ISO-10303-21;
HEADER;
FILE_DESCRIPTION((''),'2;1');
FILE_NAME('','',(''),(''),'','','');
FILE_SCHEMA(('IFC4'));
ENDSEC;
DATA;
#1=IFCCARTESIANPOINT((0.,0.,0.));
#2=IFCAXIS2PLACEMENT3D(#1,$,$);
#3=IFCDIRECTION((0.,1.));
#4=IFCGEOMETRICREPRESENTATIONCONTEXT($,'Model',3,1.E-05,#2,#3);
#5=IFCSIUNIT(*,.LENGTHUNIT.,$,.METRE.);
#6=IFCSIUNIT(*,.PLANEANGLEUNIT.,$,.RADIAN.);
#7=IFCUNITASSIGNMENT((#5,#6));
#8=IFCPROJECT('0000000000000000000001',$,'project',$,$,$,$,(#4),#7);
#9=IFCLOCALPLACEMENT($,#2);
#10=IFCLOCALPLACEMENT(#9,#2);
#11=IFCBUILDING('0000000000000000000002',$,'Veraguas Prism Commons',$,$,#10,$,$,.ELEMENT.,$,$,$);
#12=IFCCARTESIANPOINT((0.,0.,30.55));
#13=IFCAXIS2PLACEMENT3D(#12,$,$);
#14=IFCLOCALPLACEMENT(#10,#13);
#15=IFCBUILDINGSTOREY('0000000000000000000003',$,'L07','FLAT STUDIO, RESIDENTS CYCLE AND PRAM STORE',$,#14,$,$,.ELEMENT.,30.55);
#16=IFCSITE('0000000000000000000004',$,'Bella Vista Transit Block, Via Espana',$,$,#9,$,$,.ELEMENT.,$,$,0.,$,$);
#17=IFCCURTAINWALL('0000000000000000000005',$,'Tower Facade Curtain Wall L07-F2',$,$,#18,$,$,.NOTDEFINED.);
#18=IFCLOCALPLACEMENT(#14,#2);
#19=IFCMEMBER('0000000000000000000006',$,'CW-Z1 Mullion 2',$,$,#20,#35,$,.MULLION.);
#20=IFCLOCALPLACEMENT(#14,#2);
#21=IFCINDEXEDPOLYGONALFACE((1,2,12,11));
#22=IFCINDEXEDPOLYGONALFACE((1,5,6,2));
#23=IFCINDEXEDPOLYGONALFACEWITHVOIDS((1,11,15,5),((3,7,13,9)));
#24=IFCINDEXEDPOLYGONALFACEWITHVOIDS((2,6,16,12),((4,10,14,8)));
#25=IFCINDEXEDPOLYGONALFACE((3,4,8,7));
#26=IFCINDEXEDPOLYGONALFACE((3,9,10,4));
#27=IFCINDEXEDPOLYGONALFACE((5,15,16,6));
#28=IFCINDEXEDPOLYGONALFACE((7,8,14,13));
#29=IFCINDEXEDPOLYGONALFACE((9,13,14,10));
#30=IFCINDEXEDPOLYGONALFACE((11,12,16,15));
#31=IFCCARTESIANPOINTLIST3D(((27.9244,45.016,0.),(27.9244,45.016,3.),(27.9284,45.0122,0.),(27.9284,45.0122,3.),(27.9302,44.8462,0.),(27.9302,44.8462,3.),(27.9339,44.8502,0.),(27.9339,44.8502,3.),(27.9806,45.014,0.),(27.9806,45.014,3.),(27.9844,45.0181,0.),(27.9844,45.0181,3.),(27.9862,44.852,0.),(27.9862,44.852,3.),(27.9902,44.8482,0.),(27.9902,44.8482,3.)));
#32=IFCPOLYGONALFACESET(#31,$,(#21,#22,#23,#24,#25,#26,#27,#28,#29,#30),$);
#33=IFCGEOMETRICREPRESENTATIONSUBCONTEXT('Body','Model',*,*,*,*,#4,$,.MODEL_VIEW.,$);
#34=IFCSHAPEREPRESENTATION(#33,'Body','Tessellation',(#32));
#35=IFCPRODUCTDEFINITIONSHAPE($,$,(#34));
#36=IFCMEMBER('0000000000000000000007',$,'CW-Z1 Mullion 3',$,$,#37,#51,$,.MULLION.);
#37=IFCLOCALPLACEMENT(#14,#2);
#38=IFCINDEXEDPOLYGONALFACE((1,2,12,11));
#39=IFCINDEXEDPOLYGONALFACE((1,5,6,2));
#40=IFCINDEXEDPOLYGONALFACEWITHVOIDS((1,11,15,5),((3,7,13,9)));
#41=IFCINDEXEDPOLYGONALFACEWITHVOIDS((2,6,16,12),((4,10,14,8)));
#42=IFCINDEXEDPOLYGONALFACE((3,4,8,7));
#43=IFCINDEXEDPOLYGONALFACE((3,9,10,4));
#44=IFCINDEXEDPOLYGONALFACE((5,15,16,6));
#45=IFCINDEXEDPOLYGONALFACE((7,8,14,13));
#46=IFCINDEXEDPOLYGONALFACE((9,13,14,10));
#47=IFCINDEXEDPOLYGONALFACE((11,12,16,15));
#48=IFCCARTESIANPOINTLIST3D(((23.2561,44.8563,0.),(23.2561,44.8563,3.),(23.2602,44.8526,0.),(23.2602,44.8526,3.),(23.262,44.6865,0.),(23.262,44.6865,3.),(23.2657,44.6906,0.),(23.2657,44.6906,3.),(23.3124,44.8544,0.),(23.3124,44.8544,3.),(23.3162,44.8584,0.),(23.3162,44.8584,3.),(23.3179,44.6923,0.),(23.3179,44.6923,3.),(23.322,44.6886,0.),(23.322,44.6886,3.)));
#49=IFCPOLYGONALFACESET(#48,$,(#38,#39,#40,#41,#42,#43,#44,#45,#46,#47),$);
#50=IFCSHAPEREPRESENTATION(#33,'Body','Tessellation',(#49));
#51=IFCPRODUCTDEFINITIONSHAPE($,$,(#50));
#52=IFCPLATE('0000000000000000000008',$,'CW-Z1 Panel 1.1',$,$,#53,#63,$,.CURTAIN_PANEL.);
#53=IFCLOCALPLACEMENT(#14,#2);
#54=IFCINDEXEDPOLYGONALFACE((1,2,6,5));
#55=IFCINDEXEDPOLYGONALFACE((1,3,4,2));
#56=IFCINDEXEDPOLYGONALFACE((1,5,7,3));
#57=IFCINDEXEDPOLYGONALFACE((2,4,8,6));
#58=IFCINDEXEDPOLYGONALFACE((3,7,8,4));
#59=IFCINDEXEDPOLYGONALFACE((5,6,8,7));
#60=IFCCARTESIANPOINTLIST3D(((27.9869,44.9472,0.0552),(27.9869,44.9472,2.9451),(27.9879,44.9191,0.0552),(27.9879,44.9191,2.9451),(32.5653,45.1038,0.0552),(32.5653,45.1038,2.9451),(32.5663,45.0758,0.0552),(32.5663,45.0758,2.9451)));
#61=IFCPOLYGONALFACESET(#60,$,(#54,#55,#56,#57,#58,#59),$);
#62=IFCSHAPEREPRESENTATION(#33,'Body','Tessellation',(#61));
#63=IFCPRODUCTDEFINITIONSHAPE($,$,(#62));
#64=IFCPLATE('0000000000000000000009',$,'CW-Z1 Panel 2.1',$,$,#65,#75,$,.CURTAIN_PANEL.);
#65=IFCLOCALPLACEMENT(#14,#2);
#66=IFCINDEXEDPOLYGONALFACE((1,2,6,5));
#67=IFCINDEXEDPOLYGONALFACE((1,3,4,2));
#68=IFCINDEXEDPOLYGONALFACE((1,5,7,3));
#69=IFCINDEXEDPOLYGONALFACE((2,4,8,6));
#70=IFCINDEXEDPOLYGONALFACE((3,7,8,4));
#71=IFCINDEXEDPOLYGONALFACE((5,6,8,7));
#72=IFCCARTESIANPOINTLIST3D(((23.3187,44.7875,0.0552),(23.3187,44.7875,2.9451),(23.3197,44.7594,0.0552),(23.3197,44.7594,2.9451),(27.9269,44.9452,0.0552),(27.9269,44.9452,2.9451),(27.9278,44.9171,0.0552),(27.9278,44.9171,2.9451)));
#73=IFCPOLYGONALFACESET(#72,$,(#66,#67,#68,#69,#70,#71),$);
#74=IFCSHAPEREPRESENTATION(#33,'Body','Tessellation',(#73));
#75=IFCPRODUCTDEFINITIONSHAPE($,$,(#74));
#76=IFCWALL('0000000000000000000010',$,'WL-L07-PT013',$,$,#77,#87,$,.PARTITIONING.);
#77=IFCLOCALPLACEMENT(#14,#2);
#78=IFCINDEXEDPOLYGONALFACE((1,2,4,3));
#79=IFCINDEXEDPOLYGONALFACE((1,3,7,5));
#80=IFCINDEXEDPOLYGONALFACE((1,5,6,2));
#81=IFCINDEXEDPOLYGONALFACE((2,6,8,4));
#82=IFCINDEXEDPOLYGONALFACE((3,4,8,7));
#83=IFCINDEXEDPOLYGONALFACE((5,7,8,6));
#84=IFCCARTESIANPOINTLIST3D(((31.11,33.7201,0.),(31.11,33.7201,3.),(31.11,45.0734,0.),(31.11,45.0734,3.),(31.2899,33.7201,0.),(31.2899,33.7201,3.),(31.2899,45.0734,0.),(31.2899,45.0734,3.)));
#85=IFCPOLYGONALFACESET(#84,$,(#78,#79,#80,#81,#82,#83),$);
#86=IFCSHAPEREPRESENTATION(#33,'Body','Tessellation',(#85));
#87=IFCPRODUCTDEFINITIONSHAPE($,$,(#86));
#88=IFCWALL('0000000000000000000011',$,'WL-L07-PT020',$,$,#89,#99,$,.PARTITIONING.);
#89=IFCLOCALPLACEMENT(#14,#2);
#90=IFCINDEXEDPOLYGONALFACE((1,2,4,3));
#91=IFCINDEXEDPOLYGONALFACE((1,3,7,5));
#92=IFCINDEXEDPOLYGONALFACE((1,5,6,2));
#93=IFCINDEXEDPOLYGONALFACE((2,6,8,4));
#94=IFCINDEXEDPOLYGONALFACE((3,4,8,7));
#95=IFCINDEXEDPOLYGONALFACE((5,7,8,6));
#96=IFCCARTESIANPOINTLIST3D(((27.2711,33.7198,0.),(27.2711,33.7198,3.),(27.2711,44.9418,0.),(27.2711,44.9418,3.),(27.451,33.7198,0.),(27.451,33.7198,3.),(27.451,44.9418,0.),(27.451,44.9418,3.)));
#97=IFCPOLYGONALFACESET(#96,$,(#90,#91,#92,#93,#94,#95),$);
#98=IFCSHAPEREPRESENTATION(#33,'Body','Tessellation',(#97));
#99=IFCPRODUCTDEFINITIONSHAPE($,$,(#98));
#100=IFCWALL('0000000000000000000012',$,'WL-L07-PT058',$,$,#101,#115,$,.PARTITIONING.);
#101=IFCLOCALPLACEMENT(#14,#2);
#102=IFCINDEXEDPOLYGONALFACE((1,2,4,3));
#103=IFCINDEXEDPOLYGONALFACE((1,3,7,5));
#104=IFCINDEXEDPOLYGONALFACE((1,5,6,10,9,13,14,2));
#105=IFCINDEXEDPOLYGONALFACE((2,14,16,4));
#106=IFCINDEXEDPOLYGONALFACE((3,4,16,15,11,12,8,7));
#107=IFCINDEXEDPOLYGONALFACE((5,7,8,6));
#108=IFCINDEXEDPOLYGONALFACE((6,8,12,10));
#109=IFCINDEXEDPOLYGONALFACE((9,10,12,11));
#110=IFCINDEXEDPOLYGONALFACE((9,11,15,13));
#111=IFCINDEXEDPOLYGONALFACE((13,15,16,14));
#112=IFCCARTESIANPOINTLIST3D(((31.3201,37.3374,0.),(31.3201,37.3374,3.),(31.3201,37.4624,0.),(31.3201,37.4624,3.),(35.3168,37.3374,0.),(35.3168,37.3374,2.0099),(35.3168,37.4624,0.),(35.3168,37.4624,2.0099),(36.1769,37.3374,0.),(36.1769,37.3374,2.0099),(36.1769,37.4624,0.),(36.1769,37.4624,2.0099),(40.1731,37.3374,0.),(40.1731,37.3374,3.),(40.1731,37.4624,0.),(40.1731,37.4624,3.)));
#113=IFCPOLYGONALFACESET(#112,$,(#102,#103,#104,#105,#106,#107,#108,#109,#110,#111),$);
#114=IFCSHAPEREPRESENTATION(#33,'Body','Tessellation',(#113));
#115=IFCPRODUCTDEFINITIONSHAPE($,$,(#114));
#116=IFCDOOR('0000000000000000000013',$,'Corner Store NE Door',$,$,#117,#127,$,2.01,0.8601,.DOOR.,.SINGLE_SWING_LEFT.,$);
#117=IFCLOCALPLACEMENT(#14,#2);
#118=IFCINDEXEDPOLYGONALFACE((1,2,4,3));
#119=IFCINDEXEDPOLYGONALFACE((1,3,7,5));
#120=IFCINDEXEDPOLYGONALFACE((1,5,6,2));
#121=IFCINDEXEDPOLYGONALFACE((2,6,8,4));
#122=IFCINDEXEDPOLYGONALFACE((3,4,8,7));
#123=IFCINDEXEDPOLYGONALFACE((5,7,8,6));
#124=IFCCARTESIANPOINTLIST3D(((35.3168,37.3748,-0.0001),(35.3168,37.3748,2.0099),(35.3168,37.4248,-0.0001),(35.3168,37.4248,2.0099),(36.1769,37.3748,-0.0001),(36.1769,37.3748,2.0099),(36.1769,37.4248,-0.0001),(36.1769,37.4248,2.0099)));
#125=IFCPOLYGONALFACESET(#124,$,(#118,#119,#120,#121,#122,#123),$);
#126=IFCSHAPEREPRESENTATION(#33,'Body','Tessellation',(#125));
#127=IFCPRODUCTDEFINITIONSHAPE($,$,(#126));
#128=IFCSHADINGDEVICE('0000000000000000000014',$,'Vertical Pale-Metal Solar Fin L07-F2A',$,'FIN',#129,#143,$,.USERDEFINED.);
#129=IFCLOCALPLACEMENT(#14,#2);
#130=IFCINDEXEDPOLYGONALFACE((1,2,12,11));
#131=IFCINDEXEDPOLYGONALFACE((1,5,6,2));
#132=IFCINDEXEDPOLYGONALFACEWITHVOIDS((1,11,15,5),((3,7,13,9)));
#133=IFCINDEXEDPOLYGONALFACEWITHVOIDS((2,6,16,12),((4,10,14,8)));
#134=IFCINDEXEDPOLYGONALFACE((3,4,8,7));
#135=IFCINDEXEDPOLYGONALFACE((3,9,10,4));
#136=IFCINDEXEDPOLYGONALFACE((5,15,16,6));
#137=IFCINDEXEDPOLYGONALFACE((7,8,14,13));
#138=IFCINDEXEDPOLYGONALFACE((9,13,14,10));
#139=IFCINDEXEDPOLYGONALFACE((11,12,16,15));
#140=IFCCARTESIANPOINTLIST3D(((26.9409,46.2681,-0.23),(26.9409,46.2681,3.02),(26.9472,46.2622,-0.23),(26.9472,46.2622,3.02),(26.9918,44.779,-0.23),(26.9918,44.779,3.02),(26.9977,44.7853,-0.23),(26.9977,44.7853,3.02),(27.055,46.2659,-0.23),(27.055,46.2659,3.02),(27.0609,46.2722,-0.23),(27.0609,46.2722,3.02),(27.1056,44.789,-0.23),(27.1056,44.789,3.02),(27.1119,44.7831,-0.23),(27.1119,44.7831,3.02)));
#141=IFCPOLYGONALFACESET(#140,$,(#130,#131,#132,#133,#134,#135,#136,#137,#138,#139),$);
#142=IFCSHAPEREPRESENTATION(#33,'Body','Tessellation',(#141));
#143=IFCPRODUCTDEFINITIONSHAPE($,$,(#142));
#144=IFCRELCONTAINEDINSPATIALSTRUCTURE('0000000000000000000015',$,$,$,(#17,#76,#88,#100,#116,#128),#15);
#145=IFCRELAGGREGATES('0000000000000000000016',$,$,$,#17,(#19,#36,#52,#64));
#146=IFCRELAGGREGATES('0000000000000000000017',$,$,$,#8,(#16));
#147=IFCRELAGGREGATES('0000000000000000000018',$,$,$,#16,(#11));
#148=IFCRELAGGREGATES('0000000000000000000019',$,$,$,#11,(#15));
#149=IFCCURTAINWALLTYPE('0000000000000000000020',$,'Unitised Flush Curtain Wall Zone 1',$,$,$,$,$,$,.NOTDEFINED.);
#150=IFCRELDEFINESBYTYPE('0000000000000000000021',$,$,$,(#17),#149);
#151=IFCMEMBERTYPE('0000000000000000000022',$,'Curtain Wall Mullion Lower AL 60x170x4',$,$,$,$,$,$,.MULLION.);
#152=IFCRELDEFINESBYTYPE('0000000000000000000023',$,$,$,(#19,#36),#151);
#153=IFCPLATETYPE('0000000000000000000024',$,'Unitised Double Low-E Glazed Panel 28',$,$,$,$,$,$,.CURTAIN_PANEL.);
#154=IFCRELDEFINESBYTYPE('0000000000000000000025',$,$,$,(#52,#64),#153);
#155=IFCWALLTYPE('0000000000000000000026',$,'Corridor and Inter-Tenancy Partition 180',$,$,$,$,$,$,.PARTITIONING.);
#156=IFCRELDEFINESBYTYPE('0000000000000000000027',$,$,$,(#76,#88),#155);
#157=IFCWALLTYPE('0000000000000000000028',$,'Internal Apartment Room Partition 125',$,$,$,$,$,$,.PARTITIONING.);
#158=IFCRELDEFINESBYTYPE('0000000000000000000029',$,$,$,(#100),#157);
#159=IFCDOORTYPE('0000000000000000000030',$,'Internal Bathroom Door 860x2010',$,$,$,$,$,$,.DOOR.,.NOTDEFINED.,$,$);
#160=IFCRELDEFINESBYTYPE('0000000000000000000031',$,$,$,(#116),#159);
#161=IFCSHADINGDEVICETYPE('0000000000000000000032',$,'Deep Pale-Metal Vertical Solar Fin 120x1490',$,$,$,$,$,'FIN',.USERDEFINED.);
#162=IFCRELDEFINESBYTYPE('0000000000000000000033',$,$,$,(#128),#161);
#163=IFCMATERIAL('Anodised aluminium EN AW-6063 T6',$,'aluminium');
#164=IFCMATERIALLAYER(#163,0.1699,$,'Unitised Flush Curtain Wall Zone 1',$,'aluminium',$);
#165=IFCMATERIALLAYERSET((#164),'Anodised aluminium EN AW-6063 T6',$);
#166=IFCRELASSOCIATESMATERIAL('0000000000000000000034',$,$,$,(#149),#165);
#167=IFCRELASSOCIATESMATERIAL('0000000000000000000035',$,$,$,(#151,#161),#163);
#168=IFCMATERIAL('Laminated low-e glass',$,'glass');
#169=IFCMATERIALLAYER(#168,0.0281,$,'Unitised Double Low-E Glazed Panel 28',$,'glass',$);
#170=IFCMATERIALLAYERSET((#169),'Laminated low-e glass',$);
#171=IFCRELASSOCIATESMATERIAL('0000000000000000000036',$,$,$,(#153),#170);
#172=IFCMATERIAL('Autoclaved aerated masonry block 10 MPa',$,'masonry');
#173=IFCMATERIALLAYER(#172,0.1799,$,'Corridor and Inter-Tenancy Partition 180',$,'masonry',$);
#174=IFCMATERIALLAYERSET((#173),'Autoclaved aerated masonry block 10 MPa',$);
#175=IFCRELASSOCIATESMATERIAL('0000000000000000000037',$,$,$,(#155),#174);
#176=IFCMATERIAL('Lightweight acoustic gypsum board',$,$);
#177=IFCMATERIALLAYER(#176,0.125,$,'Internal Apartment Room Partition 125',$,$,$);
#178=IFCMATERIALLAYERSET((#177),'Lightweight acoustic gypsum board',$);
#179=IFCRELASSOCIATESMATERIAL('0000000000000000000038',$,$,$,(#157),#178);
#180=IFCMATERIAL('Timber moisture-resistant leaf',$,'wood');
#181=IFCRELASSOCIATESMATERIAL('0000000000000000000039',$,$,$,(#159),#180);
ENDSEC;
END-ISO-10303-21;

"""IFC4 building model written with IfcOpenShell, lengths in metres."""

from ifc_helpers import new_model, si_unit, direction, frame, frame_2d, origin, origin_2d, place, context, subcontext, project, spatial, rectangle, hollow_rectangle, extrude, source, transform, mapped, material, layer, layer_set, material_profile, profile_set, type_object, element, fill, aggregate, save


model = new_model("IFC4")

# Units and contexts
model_context = context("Model", 3, precision=1e-05, world=origin(), true_north=direction((0.0, 1.0)))
body_context = subcontext(model_context, "Body", "Model", "MODEL_VIEW")
ifc_project = project(units=[si_unit("LENGTHUNIT", "METRE"), si_unit("PLANEANGLEUNIT", "RADIAN")], contexts=[model_context])

# Site, building, storey
site_placement = place(None, origin())
site = spatial("IfcSite", under=ifc_project, at=site_placement, Name="Bella Vista Transit Block, Via Espana", CompositionType="ELEMENT", RefElevation=0.0)
building_placement = place(site_placement, origin())
building = spatial("IfcBuilding", under=site, at=building_placement, Name="Veraguas Prism Commons", CompositionType="ELEMENT")
storey_placement = place(building_placement, frame((0.0, 0.0, 30.55)))
storey = spatial("IfcBuildingStorey", under=building, at=storey_placement, Name="L07", Description="FLAT STUDIO, RESIDENTS CYCLE AND PRAM STORE", CompositionType="ELEMENT", Elevation=30.55)

# Curtain wall, members, plates
ifc_material_1 = material(Name="Anodised aluminium EN AW-6063 T6", Category="aluminium")
ifc_layer_1 = layer(ifc_material_1, 0.1699, Name="Unitised Flush Curtain Wall Zone 1", Category="aluminium")
ifc_layer_set_1 = layer_set([ifc_layer_1], Name="Anodised aluminium EN AW-6063 T6")
curtain_wall_type = type_object("IfcCurtainWallType", Name="Unitised Flush Curtain Wall Zone 1", PredefinedType="NOTDEFINED", material=ifc_layer_set_1)
curtain_wall_placement = place(storey_placement, origin())
curtain_wall = element("IfcCurtainWall", 1, at=curtain_wall_placement, inside=storey, type_object=curtain_wall_type, Name="Tower Facade Curtain Wall L07-F2", PredefinedType="NOTDEFINED")
ifc_material_profile_1 = material_profile(ifc_material_1, hollow_rectangle(XDim=0.0601, YDim=0.1699, WallThickness=0.0039, at=origin_2d()), Name="AL60X170X4")
ifc_profile_set_1 = profile_set([ifc_material_profile_1], Name="Anodised aluminium EN AW-6063 T6")
member_type_1 = type_object("IfcMemberType", Name="Curtain Wall Mullion Lower AL 60x170x4", PredefinedType="MULLION", material=ifc_profile_set_1)
shared_shape_1 = source(origin(), body_context, "Body", "SweptSolid", [
    extrude(hollow_rectangle(XDim=0.0601, YDim=0.1699, WallThickness=0.0039, at=origin_2d()), origin(), (0.0, 0.0, 1.0), 3.0),
])
member_1_placement = place(storey_placement, frame((27.9573, 44.9321, 0.0), z_axis=(0.0, 0.0, 1.0), x_axis=(-0.999415, -0.034195, 0.0)))
member_1 = element("IfcMember", 2, at=member_1_placement, type_object=member_type_1, Name="CW-Z1 Mullion 2", PredefinedType="MULLION", context=body_context, shape_type="MappedRepresentation", body=[
    mapped(shared_shape_1, transform((0.0, 0.0, 0.0), scale=1.0)),
])
member_2_placement = place(storey_placement, frame((23.2891, 44.7725, 0.0), z_axis=(0.0, 0.0, 1.0), x_axis=(-0.999415, -0.034195, 0.0)))
member_2 = element("IfcMember", 3, at=member_2_placement, type_object=member_type_1, Name="CW-Z1 Mullion 3", PredefinedType="MULLION", context=body_context, shape_type="MappedRepresentation", body=[
    mapped(shared_shape_1, transform((0.0, 0.0, 0.0), scale=1.0)),
])
ifc_material_2 = material(Name="Laminated low-e glass", Category="glass")
ifc_layer_2 = layer(ifc_material_2, 0.0281, Name="Unitised Double Low-E Glazed Panel 28", Category="glass")
ifc_layer_set_2 = layer_set([ifc_layer_2], Name="Laminated low-e glass")
plate_type = type_object("IfcPlateType", Name="Unitised Double Low-E Glazed Panel 28", PredefinedType="CURTAIN_PANEL", material=ifc_layer_set_2)
shared_shape_2 = source(origin(), body_context, "Body", "SweptSolid", [
    extrude(rectangle(XDim=4.5811, YDim=0.0281, at=origin_2d()), origin(), (0.0, 0.0, 1.0), 2.8899),
])
plate_1_placement = place(storey_placement, frame((30.2766, 45.0115, 0.0552), z_axis=(0.0, 0.0, 1.0), x_axis=(-0.999415, -0.034195, 0.0)))
plate_1 = element("IfcPlate", 4, at=plate_1_placement, type_object=plate_type, Name="CW-Z1 Panel 1.1", PredefinedType="CURTAIN_PANEL", context=body_context, shape_type="MappedRepresentation", body=[
    mapped(shared_shape_2, transform((0.0, 0.0, 0.0), scale=1.0)),
])
shared_shape_3 = source(origin(), body_context, "Body", "SweptSolid", [
    extrude(rectangle(XDim=4.6108, YDim=0.0281, at=origin_2d()), origin(), (0.0, 0.0, 1.0), 2.8899),
])
plate_2_placement = place(storey_placement, frame((25.6233, 44.8523, 0.0552), z_axis=(0.0, 0.0, 1.0), x_axis=(-0.999415, -0.034195, 0.0)))
plate_2 = element("IfcPlate", 5, at=plate_2_placement, type_object=plate_type, Name="CW-Z1 Panel 2.1", PredefinedType="CURTAIN_PANEL", context=body_context, shape_type="MappedRepresentation", body=[
    mapped(shared_shape_3, transform((0.0, 0.0, 0.0), scale=1.0)),
])
aggregate(curtain_wall, [member_1, member_2, plate_1, plate_2])

# Walls
ifc_material_3 = material(Name="Autoclaved aerated masonry block 10 MPa", Category="masonry")
ifc_layer_3 = layer(ifc_material_3, 0.1799, Name="Corridor and Inter-Tenancy Partition 180", Category="masonry")
ifc_layer_set_3 = layer_set([ifc_layer_3], Name="Autoclaved aerated masonry block 10 MPa")
wall_type_1 = type_object("IfcWallType", Name="Corridor and Inter-Tenancy Partition 180", PredefinedType="PARTITIONING", material=ifc_layer_set_3)
wall_1_placement = place(storey_placement, frame((31.2, 33.72, 0.0), z_axis=(0.0, 0.0, 1.0), x_axis=(0.0, 1.0, 0.0)))
element("IfcWall", 6, at=wall_1_placement, inside=storey, type_object=wall_type_1, Name="WL-L07-PT013", PredefinedType="PARTITIONING", context=body_context, shape_type="SweptSolid", body=[
    extrude(rectangle(XDim=11.3533, YDim=0.1799, at=frame_2d((5.6768, 0.0))), origin(), (0.0, 0.0, 1.0), 3.0),
])
wall_2_placement = place(storey_placement, frame((27.3611, 33.72, 0.0), z_axis=(0.0, 0.0, 1.0), x_axis=(0.0, 1.0, 0.0)))
element("IfcWall", 7, at=wall_2_placement, inside=storey, type_object=wall_type_1, Name="WL-L07-PT020", PredefinedType="PARTITIONING", context=body_context, shape_type="SweptSolid", body=[
    extrude(rectangle(XDim=11.2219, YDim=0.1799, at=frame_2d((5.6108, 0.0))), origin(), (0.0, 0.0, 1.0), 3.0),
])

# Wall, opening, door
ifc_material_4 = material(Name="Lightweight acoustic gypsum board")
ifc_layer_4 = layer(ifc_material_4, 0.125, Name="Internal Apartment Room Partition 125")
ifc_layer_set_4 = layer_set([ifc_layer_4], Name="Lightweight acoustic gypsum board")
wall_type_2 = type_object("IfcWallType", Name="Internal Apartment Room Partition 125", PredefinedType="PARTITIONING", material=ifc_layer_set_4)
wall_3_placement = place(storey_placement, frame((31.3201, 37.3999, 0.0), z_axis=(0.0, 0.0, 1.0), x_axis=(1.0, 0.0, 0.0)))
wall_3 = element("IfcWall", 8, at=wall_3_placement, inside=storey, type_object=wall_type_2, Name="WL-L07-PT058", PredefinedType="PARTITIONING", context=body_context, shape_type="SweptSolid", body=[
    extrude(rectangle(XDim=8.853, YDim=0.125, at=frame_2d((4.4265, 0.0))), origin(), (0.0, 0.0, 1.0), 3.0),
])
opening_placement = place(wall_3_placement, frame((3.9966, 0.0, 0.0)))
opening = element("IfcOpeningElement", 9, at=opening_placement, cuts=wall_3, PredefinedType="OPENING", context=body_context, shape_type="SweptSolid", body=[
    extrude(rectangle(XDim=0.8601, YDim=2.01, at=frame_2d((0.4302, 1.0049))), frame((0.0, 0.0725, 0.0), z_axis=(0.0, -1.0, 0.0), x_axis=(1.0, 0.0, 0.0)), (0.0, 0.0, 1.0), 0.145),
])
ifc_material_5 = material(Name="Timber moisture-resistant leaf", Category="wood")
door_type = type_object("IfcDoorType", Name="Internal Bathroom Door 860x2010", OperationType="NOTDEFINED", PredefinedType="DOOR", material=ifc_material_5)
shared_shape_4 = source(origin(), body_context, "Body", "SweptSolid", [
    extrude(rectangle(XDim=0.8601, YDim=2.01, at=frame_2d((0.4302, 1.0049))), frame((0.0, 0.0249, 0.0), z_axis=(0.0, -1.0, 0.0), x_axis=(1.0, 0.0, 0.0)), (0.0, 0.0, 1.0), 0.05),
])
door_placement = place(opening_placement, origin())
door = element("IfcDoor", 10, at=door_placement, inside=storey, type_object=door_type, Name="Corner Store NE Door", OperationType="SINGLE_SWING_LEFT", OverallHeight=2.01, OverallWidth=0.8601, PredefinedType="DOOR", context=body_context, shape_type="MappedRepresentation", body=[
    mapped(shared_shape_4, transform((0.0, 0.0, 0.0), scale=1.0)),
])
fill(opening, door)

# Shading device
ifc_material_profile_2 = material_profile(ifc_material_1, hollow_rectangle(XDim=0.1201, YDim=1.49, WallThickness=0.0061, at=origin_2d()), Name="FIN120X1490X6")
ifc_profile_set_2 = profile_set([ifc_material_profile_2], Name="Anodised aluminium EN AW-6063 T6")
shading_device_type = type_object("IfcShadingDeviceType", Name="Deep Pale-Metal Vertical Solar Fin 120x1490", ElementType="FIN", PredefinedType="USERDEFINED", material=ifc_profile_set_2)
shading_device_placement = place(storey_placement, frame((27.0264, 45.5256, -0.23), z_axis=(0.0, 0.0, 1.0), x_axis=(-0.999415, -0.0342, 0.0)))
element("IfcShadingDevice", 11, at=shading_device_placement, inside=storey, type_object=shading_device_type, Name="Vertical Pale-Metal Solar Fin L07-F2A", ObjectType="FIN", PredefinedType="USERDEFINED", context=body_context, shape_type="SweptSolid", body=[
    extrude(hollow_rectangle(XDim=0.1201, YDim=1.49, WallThickness=0.0061, at=origin_2d()), origin(), (0.0, 0.0, 1.0), 3.25),
])

save(model, "model.ifc")
